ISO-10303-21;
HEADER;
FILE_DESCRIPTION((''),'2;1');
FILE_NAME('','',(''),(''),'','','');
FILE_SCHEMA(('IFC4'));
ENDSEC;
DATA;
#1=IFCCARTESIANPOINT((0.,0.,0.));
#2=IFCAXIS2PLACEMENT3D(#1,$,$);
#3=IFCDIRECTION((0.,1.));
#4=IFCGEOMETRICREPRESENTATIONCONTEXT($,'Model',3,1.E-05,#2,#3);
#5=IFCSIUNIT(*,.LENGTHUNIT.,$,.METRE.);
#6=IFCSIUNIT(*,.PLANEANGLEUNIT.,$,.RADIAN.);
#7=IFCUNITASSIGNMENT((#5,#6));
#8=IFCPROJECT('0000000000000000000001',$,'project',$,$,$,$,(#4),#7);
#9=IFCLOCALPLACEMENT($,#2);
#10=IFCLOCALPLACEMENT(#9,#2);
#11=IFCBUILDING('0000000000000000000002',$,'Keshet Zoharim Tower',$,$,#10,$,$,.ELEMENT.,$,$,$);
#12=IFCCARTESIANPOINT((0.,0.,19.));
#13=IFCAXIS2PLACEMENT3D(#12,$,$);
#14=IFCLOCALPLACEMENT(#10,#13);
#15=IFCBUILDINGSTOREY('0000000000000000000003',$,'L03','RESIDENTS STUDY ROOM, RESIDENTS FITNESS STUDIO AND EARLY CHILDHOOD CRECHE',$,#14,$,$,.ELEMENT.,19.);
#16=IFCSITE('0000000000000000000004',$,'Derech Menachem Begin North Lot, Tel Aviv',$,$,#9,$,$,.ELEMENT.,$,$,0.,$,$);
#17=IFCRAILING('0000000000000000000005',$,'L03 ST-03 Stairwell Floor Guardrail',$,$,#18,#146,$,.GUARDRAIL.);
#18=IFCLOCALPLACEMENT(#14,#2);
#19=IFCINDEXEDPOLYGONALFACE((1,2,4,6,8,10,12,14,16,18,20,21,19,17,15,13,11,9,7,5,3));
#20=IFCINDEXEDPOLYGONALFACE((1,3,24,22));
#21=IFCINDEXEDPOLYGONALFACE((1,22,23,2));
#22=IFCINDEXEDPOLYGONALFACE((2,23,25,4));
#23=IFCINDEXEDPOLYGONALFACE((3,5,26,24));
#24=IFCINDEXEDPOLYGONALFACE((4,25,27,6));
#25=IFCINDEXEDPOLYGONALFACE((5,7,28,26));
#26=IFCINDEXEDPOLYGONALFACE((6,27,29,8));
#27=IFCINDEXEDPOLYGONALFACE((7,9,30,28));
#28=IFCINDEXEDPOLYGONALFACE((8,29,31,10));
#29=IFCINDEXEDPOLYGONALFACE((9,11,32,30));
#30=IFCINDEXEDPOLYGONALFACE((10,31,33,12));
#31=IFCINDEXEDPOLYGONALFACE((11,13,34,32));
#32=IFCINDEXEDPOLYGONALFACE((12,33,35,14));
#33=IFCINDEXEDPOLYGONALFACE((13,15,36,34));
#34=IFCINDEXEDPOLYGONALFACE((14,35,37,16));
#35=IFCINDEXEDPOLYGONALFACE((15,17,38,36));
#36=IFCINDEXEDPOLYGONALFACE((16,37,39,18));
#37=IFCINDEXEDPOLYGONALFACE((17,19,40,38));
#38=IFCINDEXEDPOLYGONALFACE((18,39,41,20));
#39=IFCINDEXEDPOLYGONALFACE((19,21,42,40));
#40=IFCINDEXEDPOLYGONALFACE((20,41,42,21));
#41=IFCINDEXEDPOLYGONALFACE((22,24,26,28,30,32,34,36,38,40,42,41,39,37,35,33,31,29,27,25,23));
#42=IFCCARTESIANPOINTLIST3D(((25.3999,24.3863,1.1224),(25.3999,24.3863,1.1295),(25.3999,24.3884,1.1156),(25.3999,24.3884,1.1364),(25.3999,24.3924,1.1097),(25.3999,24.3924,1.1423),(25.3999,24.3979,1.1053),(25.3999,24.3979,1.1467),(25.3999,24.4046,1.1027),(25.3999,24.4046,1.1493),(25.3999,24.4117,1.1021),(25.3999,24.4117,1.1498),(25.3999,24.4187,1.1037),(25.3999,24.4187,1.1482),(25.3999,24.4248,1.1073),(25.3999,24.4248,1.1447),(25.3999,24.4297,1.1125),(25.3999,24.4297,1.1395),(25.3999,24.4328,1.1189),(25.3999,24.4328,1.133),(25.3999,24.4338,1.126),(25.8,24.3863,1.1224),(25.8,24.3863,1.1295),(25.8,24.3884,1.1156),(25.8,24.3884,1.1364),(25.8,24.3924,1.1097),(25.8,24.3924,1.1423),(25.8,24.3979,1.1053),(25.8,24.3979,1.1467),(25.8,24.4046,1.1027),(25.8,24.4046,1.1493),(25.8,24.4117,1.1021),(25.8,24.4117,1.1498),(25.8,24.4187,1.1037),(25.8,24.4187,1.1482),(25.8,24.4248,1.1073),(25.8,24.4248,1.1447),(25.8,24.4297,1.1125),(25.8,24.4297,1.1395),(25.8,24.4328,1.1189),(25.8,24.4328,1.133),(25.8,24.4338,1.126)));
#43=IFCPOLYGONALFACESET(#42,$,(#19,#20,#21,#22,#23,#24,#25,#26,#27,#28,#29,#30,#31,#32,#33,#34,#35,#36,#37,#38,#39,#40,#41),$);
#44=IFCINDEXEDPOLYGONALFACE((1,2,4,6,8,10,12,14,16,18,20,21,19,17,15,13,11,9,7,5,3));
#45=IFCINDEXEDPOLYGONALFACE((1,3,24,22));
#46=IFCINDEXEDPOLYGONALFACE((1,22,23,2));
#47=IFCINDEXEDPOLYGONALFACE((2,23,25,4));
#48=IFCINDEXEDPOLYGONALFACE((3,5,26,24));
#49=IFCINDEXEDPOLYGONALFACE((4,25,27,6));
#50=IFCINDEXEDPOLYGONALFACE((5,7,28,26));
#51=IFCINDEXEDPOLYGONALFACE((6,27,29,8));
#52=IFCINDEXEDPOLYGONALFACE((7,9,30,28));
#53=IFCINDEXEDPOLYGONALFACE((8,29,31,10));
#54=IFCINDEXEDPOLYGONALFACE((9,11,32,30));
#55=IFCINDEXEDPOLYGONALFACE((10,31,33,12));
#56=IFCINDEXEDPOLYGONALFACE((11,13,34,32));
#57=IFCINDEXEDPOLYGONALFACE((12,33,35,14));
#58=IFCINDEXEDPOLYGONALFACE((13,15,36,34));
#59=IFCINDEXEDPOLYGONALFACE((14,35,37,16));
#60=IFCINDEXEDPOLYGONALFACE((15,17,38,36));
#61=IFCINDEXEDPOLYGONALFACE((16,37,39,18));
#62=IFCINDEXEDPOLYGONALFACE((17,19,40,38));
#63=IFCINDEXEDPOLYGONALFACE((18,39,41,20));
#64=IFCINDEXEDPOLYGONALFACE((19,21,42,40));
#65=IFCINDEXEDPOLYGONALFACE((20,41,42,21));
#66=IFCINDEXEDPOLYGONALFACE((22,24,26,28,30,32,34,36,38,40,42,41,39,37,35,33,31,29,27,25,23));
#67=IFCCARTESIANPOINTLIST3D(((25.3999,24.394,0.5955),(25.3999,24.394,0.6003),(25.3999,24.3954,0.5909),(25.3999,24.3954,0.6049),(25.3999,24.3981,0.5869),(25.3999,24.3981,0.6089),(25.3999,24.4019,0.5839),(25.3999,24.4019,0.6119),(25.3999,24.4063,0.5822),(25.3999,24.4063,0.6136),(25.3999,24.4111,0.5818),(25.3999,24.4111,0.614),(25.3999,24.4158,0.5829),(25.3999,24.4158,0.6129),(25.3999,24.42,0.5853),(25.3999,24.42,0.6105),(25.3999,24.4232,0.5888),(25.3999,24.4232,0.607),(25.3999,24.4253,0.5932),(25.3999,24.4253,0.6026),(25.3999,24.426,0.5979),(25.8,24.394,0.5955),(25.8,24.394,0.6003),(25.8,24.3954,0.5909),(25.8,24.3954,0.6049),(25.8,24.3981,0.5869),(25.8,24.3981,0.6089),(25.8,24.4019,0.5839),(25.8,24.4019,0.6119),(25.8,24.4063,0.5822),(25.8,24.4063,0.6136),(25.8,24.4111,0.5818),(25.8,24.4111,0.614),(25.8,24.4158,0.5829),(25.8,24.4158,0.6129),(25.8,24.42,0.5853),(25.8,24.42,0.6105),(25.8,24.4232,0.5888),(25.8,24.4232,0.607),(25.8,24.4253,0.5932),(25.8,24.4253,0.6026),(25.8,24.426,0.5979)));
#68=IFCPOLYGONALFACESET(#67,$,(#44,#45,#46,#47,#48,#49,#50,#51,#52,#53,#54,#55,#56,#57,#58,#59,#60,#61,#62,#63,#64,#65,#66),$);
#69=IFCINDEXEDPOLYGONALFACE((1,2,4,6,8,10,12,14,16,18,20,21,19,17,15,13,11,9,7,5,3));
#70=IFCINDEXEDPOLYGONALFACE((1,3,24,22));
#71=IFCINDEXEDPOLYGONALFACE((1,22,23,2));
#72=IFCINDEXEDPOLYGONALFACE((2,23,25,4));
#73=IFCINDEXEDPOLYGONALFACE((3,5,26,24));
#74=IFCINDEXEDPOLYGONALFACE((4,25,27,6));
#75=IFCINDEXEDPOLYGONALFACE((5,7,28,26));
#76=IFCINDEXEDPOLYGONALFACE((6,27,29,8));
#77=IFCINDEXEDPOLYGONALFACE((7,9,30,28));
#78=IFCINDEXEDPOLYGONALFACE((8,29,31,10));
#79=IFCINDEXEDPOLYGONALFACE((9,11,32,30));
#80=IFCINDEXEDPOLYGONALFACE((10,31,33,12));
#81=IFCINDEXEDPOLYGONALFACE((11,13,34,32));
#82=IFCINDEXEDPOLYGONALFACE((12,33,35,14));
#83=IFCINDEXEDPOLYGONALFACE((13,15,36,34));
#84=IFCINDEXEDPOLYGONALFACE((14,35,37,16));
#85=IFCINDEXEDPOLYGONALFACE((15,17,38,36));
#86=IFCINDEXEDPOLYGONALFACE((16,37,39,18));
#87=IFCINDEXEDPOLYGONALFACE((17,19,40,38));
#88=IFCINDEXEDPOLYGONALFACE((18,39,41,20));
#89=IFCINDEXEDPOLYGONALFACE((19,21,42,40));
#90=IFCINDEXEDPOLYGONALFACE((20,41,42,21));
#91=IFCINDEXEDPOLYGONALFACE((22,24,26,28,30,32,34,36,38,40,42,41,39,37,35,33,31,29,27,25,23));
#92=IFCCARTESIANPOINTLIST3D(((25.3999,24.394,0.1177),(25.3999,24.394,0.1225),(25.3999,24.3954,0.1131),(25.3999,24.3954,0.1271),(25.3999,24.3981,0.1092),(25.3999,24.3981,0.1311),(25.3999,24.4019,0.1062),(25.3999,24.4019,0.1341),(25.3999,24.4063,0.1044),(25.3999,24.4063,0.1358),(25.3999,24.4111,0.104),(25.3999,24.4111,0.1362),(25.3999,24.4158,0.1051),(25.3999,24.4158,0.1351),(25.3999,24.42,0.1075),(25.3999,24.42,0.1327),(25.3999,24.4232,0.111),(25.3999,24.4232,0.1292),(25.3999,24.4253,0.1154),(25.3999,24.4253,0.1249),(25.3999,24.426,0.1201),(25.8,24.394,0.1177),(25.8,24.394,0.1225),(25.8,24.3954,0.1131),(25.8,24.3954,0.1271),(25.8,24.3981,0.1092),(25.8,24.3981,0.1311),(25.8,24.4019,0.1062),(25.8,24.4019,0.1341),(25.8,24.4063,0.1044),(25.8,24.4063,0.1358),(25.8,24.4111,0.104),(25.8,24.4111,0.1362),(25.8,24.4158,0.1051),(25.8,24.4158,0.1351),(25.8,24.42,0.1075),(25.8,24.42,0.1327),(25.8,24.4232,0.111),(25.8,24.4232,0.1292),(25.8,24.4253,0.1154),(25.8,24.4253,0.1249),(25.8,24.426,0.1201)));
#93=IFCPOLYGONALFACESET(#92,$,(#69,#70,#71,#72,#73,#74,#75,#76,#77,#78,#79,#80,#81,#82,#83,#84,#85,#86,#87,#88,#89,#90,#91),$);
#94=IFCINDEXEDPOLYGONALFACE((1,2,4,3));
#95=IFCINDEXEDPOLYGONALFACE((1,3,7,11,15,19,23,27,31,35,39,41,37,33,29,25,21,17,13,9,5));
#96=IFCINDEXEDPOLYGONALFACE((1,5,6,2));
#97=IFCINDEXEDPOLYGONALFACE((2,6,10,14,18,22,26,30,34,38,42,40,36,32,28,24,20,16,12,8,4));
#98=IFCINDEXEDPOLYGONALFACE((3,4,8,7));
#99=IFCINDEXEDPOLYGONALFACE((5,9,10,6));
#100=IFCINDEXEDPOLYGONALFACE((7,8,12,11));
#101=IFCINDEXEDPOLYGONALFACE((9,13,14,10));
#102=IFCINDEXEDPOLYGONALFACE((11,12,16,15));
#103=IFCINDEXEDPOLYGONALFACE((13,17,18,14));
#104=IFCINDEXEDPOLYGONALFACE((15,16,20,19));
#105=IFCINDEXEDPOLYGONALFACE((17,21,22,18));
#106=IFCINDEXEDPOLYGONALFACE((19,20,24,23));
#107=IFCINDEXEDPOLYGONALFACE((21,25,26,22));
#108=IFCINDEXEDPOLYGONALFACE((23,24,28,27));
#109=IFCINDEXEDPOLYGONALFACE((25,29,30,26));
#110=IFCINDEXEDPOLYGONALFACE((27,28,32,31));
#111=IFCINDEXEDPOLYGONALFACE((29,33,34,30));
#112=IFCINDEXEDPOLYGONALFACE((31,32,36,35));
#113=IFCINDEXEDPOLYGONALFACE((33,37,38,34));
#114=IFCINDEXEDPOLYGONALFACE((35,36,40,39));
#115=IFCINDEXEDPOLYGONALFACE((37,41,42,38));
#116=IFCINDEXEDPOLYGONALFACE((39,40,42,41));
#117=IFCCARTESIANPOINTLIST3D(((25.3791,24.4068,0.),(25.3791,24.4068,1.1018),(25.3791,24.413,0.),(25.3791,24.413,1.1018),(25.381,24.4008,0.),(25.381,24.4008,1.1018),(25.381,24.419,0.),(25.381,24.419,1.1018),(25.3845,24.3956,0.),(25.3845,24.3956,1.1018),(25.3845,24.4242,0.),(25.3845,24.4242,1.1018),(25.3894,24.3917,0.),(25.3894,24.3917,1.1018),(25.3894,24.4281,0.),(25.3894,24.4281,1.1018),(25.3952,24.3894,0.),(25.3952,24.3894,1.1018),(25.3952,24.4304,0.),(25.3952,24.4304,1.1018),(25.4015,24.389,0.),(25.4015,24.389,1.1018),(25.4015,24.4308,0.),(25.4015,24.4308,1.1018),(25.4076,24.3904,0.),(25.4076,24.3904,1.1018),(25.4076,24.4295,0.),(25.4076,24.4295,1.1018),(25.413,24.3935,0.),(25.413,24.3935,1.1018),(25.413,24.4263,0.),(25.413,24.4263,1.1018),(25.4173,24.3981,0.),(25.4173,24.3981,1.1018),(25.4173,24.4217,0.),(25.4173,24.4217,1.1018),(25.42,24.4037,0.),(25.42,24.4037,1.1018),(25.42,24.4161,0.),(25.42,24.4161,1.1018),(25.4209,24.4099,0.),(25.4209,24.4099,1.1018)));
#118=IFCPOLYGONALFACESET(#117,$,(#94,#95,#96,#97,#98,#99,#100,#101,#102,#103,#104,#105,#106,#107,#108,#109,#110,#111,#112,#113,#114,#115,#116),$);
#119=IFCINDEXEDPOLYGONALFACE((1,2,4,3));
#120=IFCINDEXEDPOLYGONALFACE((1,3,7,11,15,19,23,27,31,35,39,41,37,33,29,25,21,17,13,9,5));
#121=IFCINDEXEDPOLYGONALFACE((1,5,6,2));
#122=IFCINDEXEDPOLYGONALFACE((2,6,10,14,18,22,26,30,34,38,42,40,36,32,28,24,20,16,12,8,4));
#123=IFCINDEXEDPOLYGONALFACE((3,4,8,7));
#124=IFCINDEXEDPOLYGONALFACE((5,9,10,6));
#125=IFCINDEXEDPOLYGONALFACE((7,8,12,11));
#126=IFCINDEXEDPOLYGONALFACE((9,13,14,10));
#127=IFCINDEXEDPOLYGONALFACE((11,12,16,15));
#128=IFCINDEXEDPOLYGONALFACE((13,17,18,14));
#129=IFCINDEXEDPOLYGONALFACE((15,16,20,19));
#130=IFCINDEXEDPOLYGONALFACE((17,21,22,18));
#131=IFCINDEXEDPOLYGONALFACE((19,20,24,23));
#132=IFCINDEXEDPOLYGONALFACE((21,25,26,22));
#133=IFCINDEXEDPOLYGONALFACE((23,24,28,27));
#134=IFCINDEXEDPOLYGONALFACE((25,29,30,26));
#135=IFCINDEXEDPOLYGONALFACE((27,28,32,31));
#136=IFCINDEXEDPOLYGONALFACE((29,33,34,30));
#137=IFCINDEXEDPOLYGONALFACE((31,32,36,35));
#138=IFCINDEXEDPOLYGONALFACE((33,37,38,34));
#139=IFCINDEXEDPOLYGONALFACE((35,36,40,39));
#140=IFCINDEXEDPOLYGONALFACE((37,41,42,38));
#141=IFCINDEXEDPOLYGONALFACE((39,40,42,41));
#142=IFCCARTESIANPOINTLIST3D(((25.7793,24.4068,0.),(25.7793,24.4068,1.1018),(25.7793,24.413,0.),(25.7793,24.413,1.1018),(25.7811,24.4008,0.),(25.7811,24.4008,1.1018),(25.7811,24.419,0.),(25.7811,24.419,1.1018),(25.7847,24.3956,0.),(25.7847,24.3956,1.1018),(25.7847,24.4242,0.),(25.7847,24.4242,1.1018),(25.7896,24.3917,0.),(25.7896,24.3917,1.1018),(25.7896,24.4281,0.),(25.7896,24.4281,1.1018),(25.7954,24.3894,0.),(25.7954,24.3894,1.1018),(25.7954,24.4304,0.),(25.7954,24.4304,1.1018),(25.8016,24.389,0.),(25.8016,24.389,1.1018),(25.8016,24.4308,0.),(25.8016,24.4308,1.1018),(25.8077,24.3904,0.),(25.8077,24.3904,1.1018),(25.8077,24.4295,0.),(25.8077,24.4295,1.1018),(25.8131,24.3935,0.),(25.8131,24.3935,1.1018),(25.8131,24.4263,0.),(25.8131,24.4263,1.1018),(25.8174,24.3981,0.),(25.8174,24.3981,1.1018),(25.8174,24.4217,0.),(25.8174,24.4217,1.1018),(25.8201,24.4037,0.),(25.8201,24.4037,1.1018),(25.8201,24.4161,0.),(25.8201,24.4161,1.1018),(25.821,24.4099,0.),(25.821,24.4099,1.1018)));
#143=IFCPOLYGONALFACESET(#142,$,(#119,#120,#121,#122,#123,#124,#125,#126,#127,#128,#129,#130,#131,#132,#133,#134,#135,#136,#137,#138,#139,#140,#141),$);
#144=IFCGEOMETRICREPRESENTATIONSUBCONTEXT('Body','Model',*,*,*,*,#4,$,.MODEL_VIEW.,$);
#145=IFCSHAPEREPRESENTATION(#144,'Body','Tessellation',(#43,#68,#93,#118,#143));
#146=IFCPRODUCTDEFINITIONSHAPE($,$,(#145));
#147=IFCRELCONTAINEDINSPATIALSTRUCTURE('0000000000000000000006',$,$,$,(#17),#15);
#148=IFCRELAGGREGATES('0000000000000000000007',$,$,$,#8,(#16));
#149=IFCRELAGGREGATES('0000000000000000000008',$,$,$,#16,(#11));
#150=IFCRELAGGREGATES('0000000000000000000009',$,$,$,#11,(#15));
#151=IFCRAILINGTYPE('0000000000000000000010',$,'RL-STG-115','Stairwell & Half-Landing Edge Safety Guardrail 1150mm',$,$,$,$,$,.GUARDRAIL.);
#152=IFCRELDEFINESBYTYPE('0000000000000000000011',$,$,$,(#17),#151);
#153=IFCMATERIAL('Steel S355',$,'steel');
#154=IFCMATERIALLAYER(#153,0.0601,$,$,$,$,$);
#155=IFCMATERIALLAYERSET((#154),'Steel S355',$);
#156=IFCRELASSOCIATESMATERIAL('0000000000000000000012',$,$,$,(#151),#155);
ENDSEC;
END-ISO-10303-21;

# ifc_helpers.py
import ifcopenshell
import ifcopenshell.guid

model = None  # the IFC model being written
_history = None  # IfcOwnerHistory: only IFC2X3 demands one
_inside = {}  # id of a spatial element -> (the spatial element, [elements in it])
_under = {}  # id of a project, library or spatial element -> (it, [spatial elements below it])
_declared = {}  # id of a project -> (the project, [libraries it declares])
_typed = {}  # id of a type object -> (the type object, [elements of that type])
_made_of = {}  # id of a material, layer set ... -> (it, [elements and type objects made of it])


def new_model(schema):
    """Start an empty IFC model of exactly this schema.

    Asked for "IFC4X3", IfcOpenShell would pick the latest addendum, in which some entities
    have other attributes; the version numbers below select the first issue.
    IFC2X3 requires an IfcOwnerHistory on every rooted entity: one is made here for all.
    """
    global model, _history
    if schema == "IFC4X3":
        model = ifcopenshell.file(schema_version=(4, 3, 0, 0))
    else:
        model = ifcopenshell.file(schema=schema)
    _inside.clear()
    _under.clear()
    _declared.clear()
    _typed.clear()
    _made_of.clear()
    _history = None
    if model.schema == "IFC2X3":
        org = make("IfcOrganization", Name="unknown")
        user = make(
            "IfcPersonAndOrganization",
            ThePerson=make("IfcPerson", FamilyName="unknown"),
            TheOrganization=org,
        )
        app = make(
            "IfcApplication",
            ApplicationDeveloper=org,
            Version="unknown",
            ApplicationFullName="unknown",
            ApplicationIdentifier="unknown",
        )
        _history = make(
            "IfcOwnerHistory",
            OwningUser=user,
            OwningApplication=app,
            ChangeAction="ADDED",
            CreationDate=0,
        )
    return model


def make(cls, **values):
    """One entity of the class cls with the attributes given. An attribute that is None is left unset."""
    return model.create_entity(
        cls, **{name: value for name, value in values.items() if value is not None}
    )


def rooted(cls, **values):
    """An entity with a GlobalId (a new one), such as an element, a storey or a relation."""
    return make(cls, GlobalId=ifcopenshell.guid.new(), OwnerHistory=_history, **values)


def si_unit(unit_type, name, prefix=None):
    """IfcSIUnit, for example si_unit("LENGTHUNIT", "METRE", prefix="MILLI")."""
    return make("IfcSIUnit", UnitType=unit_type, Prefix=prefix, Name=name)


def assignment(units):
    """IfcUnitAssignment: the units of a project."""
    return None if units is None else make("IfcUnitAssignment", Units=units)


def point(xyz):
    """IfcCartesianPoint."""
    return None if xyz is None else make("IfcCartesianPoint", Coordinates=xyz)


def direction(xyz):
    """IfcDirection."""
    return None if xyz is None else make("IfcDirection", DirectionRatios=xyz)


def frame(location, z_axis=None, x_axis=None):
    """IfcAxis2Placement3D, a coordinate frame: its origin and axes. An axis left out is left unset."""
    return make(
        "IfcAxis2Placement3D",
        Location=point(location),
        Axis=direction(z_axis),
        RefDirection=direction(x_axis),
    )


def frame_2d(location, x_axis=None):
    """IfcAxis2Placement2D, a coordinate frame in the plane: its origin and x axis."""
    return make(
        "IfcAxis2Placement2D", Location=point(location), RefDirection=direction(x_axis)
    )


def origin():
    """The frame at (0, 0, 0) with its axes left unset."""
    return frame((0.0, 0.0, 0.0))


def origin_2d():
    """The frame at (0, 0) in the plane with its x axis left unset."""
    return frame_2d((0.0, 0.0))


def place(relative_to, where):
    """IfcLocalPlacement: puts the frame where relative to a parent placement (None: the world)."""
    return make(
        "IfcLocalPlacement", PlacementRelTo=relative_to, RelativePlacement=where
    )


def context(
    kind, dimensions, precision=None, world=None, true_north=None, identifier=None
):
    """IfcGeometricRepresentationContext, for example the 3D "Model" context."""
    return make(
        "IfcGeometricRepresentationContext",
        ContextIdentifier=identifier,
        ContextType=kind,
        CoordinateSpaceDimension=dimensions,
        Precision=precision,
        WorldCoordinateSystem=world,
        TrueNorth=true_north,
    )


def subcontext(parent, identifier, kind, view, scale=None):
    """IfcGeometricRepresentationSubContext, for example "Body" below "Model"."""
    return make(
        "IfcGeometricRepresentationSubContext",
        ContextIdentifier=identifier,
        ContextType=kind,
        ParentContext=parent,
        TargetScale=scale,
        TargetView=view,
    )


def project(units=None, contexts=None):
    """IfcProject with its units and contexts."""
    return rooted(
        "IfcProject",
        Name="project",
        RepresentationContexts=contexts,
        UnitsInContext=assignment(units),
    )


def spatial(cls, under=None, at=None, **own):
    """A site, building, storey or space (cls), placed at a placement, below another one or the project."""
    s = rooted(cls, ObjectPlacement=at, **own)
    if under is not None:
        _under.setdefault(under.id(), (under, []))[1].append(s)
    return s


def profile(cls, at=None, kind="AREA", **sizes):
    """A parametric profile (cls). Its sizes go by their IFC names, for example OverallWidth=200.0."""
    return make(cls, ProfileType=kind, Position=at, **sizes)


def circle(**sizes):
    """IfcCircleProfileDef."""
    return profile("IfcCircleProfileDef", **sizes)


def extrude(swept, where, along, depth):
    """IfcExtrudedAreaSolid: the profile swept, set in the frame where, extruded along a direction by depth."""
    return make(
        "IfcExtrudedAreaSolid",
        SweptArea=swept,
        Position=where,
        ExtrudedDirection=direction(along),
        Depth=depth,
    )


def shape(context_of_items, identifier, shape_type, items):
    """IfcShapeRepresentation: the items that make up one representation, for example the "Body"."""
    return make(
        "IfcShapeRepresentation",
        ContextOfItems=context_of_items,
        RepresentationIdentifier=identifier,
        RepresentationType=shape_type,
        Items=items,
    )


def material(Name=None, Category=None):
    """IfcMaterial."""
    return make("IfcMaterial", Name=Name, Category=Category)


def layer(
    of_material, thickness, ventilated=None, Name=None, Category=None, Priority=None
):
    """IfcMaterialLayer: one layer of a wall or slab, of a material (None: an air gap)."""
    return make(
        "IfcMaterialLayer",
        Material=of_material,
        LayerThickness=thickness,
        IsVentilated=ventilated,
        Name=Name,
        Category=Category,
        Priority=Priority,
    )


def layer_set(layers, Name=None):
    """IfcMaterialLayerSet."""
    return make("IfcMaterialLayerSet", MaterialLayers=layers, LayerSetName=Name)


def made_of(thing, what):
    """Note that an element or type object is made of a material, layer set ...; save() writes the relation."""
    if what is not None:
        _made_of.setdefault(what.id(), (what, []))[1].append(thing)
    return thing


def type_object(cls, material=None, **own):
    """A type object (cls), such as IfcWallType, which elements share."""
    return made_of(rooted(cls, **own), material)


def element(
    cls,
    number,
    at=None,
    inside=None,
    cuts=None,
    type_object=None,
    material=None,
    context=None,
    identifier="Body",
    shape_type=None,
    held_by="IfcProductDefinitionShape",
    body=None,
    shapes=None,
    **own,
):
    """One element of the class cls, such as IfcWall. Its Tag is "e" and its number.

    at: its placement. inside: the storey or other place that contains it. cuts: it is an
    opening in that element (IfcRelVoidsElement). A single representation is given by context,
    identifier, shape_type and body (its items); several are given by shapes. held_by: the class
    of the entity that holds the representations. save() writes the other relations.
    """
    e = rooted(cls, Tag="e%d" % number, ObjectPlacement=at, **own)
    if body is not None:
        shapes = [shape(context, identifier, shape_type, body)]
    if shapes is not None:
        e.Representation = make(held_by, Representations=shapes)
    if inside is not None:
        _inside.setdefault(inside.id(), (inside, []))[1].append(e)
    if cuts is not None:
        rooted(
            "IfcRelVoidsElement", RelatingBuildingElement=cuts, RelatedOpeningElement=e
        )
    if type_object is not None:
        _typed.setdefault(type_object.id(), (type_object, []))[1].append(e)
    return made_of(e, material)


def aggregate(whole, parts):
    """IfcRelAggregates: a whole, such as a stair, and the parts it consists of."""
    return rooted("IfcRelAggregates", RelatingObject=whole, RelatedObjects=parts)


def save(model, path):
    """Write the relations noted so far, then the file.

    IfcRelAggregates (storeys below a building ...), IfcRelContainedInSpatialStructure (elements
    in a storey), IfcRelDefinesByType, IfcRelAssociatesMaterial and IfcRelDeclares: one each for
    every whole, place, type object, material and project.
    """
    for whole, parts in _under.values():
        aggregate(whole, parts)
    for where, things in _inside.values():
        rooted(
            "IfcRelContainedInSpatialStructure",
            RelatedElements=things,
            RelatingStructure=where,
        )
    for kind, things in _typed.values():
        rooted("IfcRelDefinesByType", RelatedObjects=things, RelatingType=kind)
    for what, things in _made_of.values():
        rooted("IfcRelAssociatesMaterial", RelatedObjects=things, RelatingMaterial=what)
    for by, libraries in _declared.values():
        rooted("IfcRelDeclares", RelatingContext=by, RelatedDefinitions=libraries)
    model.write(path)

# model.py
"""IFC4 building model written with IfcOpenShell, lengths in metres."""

from ifc_helpers import new_model, si_unit, direction, frame, origin, origin_2d, place, context, subcontext, project, spatial, circle, extrude, material, layer, layer_set, type_object, element, save


model = new_model("IFC4")

# Units and contexts
model_context = context("Model", 3, precision=1e-05, world=origin(), true_north=direction((0.0, 1.0)))
body_context = subcontext(model_context, "Body", "Model", "MODEL_VIEW")
ifc_project = project(units=[si_unit("LENGTHUNIT", "METRE"), si_unit("PLANEANGLEUNIT", "RADIAN")], contexts=[model_context])

# Site, building, storey
site_placement = place(None, origin())
site = spatial("IfcSite", under=ifc_project, at=site_placement, Name="Derech Menachem Begin North Lot, Tel Aviv", CompositionType="ELEMENT", RefElevation=0.0)
building_placement = place(site_placement, origin())
building = spatial("IfcBuilding", under=site, at=building_placement, Name="Keshet Zoharim Tower", CompositionType="ELEMENT")
storey_placement = place(building_placement, frame((0.0, 0.0, 19.0)))
storey = spatial("IfcBuildingStorey", under=building, at=storey_placement, Name="L03", Description="RESIDENTS STUDY ROOM, RESIDENTS FITNESS STUDIO AND EARLY CHILDHOOD CRECHE", CompositionType="ELEMENT", Elevation=19.0)

# Shared definitions
ifc_material_1 = material(Name="Steel S355", Category="steel")

# Railing
ifc_layer_1 = layer(ifc_material_1, 0.0601)
ifc_layer_set_1 = layer_set([ifc_layer_1], Name="Steel S355")
railing_type_1 = type_object("IfcRailingType", Name="RL-STG-115", Description="Stairwell & Half-Landing Edge Safety Guardrail 1150mm", PredefinedType="GUARDRAIL", material=ifc_layer_set_1)
railing_1_placement = place(storey_placement, frame((25.3999, 24.4099, 0.0)))
element("IfcRailing", 1, at=railing_1_placement, inside=storey, type_object=railing_type_1, Name="L03 ST-03 Stairwell Floor Guardrail", PredefinedType="GUARDRAIL", context=body_context, shape_type="SweptSolid", body=[
    extrude(circle(Radius=0.0239, at=origin_2d()), frame((0.0, 0.0, 1.126), z_axis=(1.0, 0.0, 0.0), x_axis=(0.0, 1.0, 0.0)), (0.0, 0.0, 1.0), 0.4001),
    extrude(circle(Radius=0.0161, at=origin_2d()), frame((0.0, 0.0, 0.5979), z_axis=(1.0, 0.0, 0.0), x_axis=(0.0, 1.0, 0.0)), (0.0, 0.0, 1.0), 0.4001),
    extrude(circle(Radius=0.0161, at=origin_2d()), frame((0.0, 0.0, 0.1201), z_axis=(1.0, 0.0, 0.0), x_axis=(0.0, 1.0, 0.0)), (0.0, 0.0, 1.0), 0.4001),
    extrude(circle(Radius=0.021, at=origin_2d()), origin(), (0.0, 0.0, 1.0), 1.1018),
    extrude(circle(Radius=0.021, at=origin_2d()), frame((0.4001, 0.0, 0.0)), (0.0, 0.0, 1.0), 1.1018),
])

save(model, "model.ifc")
